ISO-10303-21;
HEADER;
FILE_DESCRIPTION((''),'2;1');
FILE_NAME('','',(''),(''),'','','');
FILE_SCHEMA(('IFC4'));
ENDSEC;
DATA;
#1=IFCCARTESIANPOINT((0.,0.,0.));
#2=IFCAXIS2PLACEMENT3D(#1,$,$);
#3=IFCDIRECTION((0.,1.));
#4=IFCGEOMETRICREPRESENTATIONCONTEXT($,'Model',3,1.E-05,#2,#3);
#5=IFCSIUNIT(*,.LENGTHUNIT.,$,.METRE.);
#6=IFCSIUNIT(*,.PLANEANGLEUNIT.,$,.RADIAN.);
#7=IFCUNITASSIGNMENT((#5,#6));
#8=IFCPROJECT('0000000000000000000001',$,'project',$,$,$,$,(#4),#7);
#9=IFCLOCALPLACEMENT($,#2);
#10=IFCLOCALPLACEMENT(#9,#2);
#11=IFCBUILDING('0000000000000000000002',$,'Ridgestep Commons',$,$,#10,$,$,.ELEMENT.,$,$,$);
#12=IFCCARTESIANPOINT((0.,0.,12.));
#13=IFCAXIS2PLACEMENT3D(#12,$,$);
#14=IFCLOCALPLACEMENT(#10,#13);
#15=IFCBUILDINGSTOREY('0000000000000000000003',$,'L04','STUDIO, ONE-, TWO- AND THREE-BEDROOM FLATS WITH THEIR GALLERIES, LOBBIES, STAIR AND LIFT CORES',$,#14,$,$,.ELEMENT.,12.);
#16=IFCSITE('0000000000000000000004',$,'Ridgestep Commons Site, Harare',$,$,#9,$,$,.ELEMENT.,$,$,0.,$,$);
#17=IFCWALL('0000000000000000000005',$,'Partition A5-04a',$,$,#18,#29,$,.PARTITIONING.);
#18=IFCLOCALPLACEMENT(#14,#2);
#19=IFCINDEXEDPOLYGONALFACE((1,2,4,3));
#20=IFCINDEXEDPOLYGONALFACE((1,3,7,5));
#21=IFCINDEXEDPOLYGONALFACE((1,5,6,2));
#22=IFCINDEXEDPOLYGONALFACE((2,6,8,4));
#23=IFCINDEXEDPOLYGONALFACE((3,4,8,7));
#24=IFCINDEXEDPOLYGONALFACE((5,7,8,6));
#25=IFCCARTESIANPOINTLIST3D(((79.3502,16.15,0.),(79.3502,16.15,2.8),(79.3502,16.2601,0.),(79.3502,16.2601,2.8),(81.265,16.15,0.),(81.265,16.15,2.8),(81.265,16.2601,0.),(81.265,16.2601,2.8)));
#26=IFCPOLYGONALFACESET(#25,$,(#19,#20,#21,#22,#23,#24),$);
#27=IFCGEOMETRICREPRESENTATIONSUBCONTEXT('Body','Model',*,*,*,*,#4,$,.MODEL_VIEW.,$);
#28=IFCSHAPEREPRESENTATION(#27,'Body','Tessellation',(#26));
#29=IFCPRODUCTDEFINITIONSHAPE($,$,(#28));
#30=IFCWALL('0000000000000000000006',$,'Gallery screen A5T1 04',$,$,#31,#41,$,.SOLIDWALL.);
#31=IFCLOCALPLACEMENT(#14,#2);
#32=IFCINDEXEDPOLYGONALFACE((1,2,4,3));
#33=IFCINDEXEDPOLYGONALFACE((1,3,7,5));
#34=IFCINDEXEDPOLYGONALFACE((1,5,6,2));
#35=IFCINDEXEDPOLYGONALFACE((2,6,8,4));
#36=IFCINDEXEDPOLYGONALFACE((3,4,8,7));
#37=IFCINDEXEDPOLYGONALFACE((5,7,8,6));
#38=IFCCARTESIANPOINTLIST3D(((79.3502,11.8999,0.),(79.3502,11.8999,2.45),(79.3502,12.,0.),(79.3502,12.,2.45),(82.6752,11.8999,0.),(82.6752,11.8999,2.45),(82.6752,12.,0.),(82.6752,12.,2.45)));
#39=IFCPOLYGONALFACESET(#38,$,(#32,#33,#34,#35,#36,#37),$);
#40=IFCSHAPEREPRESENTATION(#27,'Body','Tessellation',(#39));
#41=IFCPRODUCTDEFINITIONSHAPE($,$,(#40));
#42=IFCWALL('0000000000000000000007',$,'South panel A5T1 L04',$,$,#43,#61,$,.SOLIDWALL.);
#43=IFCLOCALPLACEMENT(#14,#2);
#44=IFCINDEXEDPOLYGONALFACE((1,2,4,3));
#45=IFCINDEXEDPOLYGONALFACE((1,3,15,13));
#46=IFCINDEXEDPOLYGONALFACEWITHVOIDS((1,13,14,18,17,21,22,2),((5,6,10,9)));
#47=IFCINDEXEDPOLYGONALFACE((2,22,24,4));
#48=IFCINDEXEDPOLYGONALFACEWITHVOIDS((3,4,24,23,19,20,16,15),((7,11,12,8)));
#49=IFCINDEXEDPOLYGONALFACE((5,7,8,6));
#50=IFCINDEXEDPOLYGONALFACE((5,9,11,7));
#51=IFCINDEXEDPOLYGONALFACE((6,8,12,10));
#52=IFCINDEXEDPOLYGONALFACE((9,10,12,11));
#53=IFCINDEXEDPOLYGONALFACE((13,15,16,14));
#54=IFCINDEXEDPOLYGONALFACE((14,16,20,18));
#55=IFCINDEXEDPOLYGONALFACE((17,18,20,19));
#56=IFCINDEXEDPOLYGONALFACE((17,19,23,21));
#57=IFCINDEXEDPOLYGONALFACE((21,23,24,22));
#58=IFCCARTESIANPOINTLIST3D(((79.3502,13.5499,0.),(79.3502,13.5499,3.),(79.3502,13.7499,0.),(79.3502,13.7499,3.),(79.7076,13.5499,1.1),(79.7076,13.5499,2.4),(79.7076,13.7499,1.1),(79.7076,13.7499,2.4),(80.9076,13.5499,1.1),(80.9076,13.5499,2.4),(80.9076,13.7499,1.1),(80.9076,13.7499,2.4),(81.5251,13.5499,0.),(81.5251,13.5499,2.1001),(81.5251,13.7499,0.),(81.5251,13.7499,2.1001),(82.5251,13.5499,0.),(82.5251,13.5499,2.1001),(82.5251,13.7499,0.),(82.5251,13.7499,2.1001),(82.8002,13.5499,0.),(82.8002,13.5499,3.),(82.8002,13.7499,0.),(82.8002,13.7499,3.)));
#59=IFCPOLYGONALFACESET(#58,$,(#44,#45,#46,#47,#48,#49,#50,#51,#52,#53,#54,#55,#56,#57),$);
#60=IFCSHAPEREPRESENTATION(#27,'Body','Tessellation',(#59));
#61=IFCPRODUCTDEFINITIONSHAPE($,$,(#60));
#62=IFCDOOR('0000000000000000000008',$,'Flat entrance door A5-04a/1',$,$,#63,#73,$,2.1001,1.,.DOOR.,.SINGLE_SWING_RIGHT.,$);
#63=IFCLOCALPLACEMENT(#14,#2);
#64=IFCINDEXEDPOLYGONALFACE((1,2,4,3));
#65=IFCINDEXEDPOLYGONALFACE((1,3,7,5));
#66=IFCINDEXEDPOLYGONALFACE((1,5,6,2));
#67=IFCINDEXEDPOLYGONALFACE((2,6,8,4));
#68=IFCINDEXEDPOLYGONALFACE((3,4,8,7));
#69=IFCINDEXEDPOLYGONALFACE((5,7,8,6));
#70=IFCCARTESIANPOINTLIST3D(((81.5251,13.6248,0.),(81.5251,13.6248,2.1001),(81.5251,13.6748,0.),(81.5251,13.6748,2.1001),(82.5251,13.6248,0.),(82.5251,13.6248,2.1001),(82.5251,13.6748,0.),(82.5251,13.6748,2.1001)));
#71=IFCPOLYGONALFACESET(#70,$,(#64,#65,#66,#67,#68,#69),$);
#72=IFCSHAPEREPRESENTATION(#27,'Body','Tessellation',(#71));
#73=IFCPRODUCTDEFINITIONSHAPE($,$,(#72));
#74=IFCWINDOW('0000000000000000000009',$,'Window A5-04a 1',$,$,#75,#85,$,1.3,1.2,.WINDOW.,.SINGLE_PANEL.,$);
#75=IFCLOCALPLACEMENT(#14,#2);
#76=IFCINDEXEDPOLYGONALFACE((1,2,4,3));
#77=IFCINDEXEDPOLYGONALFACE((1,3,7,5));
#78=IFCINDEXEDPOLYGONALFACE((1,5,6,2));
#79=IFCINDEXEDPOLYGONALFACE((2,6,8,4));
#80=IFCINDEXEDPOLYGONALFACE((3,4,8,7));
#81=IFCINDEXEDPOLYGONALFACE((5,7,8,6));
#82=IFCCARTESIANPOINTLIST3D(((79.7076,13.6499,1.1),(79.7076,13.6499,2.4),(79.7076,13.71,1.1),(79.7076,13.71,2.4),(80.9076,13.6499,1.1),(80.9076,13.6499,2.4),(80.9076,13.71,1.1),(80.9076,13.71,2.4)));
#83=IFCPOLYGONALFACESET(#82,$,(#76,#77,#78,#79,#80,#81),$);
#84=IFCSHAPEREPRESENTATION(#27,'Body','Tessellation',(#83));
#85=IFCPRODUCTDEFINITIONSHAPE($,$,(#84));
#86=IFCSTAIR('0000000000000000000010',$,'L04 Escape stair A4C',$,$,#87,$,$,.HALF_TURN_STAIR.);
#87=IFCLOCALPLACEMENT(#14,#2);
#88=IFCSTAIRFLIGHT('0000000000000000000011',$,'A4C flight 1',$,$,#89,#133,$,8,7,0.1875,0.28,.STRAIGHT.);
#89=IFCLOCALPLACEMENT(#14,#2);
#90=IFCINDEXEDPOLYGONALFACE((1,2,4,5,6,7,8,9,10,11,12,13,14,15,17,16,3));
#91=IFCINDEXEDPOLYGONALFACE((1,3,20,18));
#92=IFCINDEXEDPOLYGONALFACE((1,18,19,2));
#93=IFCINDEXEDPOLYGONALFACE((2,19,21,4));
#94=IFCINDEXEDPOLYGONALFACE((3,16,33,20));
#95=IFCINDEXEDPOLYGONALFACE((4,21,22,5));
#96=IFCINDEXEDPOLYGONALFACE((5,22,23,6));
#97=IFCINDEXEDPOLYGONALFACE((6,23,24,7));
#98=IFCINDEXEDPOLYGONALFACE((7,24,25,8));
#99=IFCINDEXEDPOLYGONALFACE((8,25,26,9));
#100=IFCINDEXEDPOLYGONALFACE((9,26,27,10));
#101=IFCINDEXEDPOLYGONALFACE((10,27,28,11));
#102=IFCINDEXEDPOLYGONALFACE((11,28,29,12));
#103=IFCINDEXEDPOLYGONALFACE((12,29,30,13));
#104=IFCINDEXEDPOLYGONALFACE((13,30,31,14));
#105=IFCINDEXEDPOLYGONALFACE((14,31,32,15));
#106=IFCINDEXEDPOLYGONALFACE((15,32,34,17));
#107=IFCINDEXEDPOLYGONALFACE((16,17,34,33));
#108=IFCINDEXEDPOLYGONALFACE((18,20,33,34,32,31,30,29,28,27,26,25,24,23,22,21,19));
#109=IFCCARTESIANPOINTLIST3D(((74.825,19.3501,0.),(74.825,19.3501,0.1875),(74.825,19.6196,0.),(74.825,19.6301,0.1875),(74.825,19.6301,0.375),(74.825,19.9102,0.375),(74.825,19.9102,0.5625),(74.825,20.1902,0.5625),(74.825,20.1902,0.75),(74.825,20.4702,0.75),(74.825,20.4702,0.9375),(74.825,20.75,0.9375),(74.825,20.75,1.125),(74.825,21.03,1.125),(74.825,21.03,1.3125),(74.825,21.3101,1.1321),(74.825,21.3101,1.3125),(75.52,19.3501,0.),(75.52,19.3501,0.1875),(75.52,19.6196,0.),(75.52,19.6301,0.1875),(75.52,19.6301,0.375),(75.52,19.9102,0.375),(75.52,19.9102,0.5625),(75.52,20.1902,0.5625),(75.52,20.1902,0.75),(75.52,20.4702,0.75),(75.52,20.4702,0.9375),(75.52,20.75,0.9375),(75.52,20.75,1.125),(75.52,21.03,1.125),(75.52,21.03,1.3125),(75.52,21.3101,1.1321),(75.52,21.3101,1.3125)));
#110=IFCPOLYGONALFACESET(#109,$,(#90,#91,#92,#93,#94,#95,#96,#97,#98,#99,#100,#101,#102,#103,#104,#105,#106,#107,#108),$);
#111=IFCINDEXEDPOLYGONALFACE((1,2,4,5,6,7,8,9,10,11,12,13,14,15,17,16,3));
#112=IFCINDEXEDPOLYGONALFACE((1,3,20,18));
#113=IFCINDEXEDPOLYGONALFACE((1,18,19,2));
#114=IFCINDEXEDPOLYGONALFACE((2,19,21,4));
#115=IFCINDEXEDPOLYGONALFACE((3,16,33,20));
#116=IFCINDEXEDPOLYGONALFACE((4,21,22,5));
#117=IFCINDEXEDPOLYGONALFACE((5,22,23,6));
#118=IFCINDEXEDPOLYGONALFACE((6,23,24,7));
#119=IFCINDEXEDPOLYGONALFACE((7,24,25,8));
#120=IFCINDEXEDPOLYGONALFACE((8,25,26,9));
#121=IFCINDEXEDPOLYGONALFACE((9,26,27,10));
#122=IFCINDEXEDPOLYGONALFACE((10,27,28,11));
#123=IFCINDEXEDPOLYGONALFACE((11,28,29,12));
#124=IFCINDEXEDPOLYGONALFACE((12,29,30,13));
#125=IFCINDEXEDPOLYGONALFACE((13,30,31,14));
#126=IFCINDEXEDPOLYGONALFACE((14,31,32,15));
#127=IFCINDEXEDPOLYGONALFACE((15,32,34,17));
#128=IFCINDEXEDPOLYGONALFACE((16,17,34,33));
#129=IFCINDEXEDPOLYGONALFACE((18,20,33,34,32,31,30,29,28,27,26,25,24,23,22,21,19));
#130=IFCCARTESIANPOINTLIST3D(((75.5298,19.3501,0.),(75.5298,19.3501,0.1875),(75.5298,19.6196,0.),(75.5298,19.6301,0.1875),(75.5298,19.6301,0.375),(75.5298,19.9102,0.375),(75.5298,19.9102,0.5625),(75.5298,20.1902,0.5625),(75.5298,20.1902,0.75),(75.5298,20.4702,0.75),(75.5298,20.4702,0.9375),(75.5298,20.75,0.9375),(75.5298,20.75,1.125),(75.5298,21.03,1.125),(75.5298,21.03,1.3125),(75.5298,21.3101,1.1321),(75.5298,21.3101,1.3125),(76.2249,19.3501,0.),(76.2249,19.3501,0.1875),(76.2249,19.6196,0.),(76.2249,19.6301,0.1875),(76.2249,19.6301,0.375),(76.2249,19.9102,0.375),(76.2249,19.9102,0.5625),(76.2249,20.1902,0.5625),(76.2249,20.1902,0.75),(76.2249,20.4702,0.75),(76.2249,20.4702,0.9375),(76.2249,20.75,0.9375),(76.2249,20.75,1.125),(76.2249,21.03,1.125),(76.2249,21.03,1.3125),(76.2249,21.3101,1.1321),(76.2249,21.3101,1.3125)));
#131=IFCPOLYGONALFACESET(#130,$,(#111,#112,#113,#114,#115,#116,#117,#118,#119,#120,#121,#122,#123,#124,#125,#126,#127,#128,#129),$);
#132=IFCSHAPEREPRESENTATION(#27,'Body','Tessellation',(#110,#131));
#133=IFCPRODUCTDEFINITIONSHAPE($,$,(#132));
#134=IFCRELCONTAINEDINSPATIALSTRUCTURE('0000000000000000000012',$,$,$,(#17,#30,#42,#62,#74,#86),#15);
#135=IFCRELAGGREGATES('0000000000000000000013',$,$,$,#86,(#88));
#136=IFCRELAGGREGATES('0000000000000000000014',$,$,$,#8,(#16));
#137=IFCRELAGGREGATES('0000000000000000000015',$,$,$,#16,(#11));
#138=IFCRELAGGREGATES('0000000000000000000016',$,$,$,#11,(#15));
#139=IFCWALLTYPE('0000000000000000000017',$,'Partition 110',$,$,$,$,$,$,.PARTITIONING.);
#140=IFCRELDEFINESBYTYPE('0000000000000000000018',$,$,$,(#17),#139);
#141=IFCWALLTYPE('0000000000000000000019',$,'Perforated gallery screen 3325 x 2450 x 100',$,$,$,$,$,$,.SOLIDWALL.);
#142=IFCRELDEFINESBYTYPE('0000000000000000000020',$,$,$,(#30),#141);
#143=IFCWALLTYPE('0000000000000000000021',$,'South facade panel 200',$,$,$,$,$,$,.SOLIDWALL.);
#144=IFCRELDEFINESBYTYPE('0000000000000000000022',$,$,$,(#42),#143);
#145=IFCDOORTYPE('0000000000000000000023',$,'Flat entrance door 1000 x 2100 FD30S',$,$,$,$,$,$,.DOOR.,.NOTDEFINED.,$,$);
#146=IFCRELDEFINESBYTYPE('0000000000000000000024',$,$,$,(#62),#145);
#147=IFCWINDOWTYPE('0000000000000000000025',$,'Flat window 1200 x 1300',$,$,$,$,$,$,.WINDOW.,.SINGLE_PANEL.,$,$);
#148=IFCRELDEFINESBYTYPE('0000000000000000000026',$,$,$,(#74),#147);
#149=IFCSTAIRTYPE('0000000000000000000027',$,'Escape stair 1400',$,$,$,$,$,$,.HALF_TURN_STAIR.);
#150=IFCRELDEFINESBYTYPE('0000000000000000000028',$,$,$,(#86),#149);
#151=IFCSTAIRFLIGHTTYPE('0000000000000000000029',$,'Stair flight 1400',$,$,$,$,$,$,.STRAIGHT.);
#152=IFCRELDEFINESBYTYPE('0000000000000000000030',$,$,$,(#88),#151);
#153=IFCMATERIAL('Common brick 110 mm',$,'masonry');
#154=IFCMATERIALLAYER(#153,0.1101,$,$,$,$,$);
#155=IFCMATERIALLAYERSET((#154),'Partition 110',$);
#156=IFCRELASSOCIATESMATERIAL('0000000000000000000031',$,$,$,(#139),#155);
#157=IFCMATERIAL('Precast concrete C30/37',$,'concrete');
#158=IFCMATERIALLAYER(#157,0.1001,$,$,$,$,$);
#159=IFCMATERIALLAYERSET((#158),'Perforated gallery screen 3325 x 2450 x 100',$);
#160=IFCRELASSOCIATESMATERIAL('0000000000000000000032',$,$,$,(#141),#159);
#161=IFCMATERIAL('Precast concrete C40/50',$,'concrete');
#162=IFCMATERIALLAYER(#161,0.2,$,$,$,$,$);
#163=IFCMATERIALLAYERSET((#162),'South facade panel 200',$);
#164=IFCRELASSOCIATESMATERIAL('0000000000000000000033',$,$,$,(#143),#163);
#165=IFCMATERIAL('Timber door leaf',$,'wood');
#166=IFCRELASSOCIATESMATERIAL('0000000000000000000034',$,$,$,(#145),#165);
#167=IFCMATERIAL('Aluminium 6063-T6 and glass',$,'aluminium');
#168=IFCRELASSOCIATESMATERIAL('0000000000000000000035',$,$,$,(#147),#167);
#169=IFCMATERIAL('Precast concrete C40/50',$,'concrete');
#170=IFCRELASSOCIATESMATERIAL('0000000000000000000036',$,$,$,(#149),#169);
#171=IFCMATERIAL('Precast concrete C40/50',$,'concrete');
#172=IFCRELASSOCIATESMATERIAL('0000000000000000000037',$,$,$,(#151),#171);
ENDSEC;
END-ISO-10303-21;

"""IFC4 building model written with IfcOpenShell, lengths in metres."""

from ifc_helpers import new_model, si_unit, direction, frame, frame_2d, origin, place, context, subcontext, project, spatial, polyline, rectangle, outline, extrude, material, layer, layer_set, type_object, element, fill, aggregate, save


model = new_model("IFC4")

# Units and contexts
model_context = context("Model", 3, precision=1e-05, world=origin(), true_north=direction((0.0, 1.0)))
body_context = subcontext(model_context, "Body", "Model", "MODEL_VIEW")
ifc_project = project(units=[si_unit("LENGTHUNIT", "METRE"), si_unit("PLANEANGLEUNIT", "RADIAN")], contexts=[model_context])

# Site, building, storey
site_placement = place(None, origin())
site = spatial("IfcSite", under=ifc_project, at=site_placement, Name="Ridgestep Commons Site, Harare", CompositionType="ELEMENT", RefElevation=0.0)
building_placement = place(site_placement, origin())
building = spatial("IfcBuilding", under=site, at=building_placement, Name="Ridgestep Commons", CompositionType="ELEMENT")
storey_placement = place(building_placement, frame((0.0, 0.0, 12.0)))
storey = spatial("IfcBuildingStorey", under=building, at=storey_placement, Name="L04", Description="STUDIO, ONE-, TWO- AND THREE-BEDROOM FLATS WITH THEIR GALLERIES, LOBBIES, STAIR AND LIFT CORES", CompositionType="ELEMENT", Elevation=12.0)

# Walls
ifc_material_1 = material(Name="Common brick 110 mm", Category="masonry")
ifc_layer_1 = layer(ifc_material_1, 0.1101)
ifc_layer_set_1 = layer_set([ifc_layer_1], Name="Partition 110")
wall_type_1 = type_object("IfcWallType", Name="Partition 110", PredefinedType="PARTITIONING", material=ifc_layer_set_1)
wall_1_placement = place(storey_placement, frame((79.3501, 16.2051, 0.0), z_axis=(0.0, 0.0, 1.0), x_axis=(1.0, 0.0, 0.0)))
element("IfcWall", 1, at=wall_1_placement, inside=storey, type_object=wall_type_1, Name="Partition A5-04a", PredefinedType="PARTITIONING", context=body_context, shape_type="SweptSolid", body=[
    extrude(rectangle(XDim=1.9148, YDim=0.1101, at=frame_2d((0.9575, 0.0))), origin(), (0.0, 0.0, 1.0), 2.8),
])
ifc_material_2 = material(Name="Precast concrete C30/37", Category="concrete")
ifc_layer_2 = layer(ifc_material_2, 0.1001)
ifc_layer_set_2 = layer_set([ifc_layer_2], Name="Perforated gallery screen 3325 x 2450 x 100")
wall_type_2 = type_object("IfcWallType", Name="Perforated gallery screen 3325 x 2450 x 100", PredefinedType="SOLIDWALL", material=ifc_layer_set_2)
wall_2_placement = place(storey_placement, frame((79.3501, 11.95, 0.0), z_axis=(0.0, 0.0, 1.0), x_axis=(1.0, 0.0, 0.0)))
element("IfcWall", 2, at=wall_2_placement, inside=storey, type_object=wall_type_2, Name="Gallery screen A5T1 04", PredefinedType="SOLIDWALL", context=body_context, shape_type="SweptSolid", body=[
    extrude(rectangle(XDim=3.325, YDim=0.1001, at=frame_2d((1.6626, 0.0))), origin(), (0.0, 0.0, 1.0), 2.45),
])

# Wall, openings, door, window
ifc_material_3 = material(Name="Precast concrete C40/50", Category="concrete")
ifc_layer_3 = layer(ifc_material_3, 0.2)
ifc_layer_set_3 = layer_set([ifc_layer_3], Name="South facade panel 200")
wall_type_3 = type_object("IfcWallType", Name="South facade panel 200", PredefinedType="SOLIDWALL", material=ifc_layer_set_3)
wall_3_placement = place(storey_placement, frame((79.3501, 13.6499, 0.0), z_axis=(0.0, 0.0, 1.0), x_axis=(1.0, 0.0, 0.0)))
wall_3 = element("IfcWall", 3, at=wall_3_placement, inside=storey, type_object=wall_type_3, Name="South panel A5T1 L04", PredefinedType="SOLIDWALL", context=body_context, shape_type="SweptSolid", body=[
    extrude(rectangle(XDim=3.45, YDim=0.2, at=frame_2d((1.7251, 0.0))), origin(), (0.0, 0.0, 1.0), 3.0),
])
opening_1_placement = place(wall_3_placement, frame((0.3574, 0.0, 1.1001)))
opening_1 = element("IfcOpeningElement", 4, at=opening_1_placement, cuts=wall_3, PredefinedType="OPENING", context=body_context, shape_type="SweptSolid", body=[
    extrude(rectangle(XDim=1.2, YDim=1.3, at=frame_2d((0.6001, 0.6499))), frame((0.0, 0.1099, 0.0), z_axis=(0.0, -1.0, 0.0), x_axis=(1.0, 0.0, 0.0)), (0.0, 0.0, 1.0), 0.22),
])
opening_2_placement = place(wall_3_placement, frame((2.175, 0.0, 0.0)))
opening_2 = element("IfcOpeningElement", 5, at=opening_2_placement, cuts=wall_3, PredefinedType="OPENING", context=body_context, shape_type="SweptSolid", body=[
    extrude(rectangle(XDim=1.0, YDim=2.1001, at=frame_2d((0.5, 1.05))), frame((0.0, 0.1099, 0.0), z_axis=(0.0, -1.0, 0.0), x_axis=(1.0, 0.0, 0.0)), (0.0, 0.0, 1.0), 0.22),
])
ifc_material_4 = material(Name="Timber door leaf", Category="wood")
door_type_1 = type_object("IfcDoorType", Name="Flat entrance door 1000 x 2100 FD30S", OperationType="NOTDEFINED", PredefinedType="DOOR", material=ifc_material_4)
door_1_placement = place(opening_2_placement, origin())
door_1 = element("IfcDoor", 6, at=door_1_placement, inside=storey, type_object=door_type_1, Name="Flat entrance door A5-04a/1", OperationType="SINGLE_SWING_RIGHT", OverallHeight=2.1001, OverallWidth=1.0, PredefinedType="DOOR", context=body_context, shape_type="SweptSolid", body=[
    extrude(rectangle(XDim=1.0, YDim=2.1001, at=frame_2d((0.5, 1.05))), frame((0.0, 0.0249, 0.0), z_axis=(0.0, -1.0, 0.0), x_axis=(1.0, 0.0, 0.0)), (0.0, 0.0, 1.0), 0.05),
])
fill(opening_2, door_1)
ifc_material_5 = material(Name="Aluminium 6063-T6 and glass", Category="aluminium")
window_type = type_object("IfcWindowType", Name="Flat window 1200 x 1300", PartitioningType="SINGLE_PANEL", PredefinedType="WINDOW", material=ifc_material_5)
window_placement = place(opening_1_placement, origin())
window = element("IfcWindow", 7, at=window_placement, inside=storey, type_object=window_type, Name="Window A5-04a 1", OverallHeight=1.3, OverallWidth=1.2, PartitioningType="SINGLE_PANEL", PredefinedType="WINDOW", context=body_context, shape_type="SweptSolid", body=[
    extrude(rectangle(XDim=1.2, YDim=1.3, at=frame_2d((0.6001, 0.6499))), frame((0.0, 0.0601, 0.0), z_axis=(0.0, -1.0, 0.0), x_axis=(1.0, 0.0, 0.0)), (0.0, 0.0, 1.0), 0.0601),
])
fill(opening_1, window)

# Stair, stair flight
ifc_material_6 = material(Name="Precast concrete C40/50", Category="concrete")
stair_type = type_object("IfcStairType", Name="Escape stair 1400", PredefinedType="HALF_TURN_STAIR", material=ifc_material_6)
stair_placement = place(storey_placement, origin())
stair = element("IfcStair", 8, at=stair_placement, inside=storey, type_object=stair_type, Name="L04 Escape stair A4C", PredefinedType="HALF_TURN_STAIR")
ifc_material_7 = material(Name="Precast concrete C40/50", Category="concrete")
stair_flight_type = type_object("IfcStairFlightType", Name="Stair flight 1400", PredefinedType="STRAIGHT", material=ifc_material_7)
stair_flight_placement = place(storey_placement, frame((75.5249, 19.3501, 0.0), z_axis=(0.0, 0.0, 1.0), x_axis=(0.0, 1.0, 0.0)))
stair_flight = element("IfcStairFlight", 9, at=stair_flight_placement, type_object=stair_flight_type, Name="A4C flight 1", NumberOfRisers=8, NumberOfTreads=7, PredefinedType="STRAIGHT", RiserHeight=0.1875, TreadLength=0.28, context=body_context, shape_type="SweptSolid", body=[
    extrude(outline(polyline([(0.0, 0.0), (0.0, 0.1875), (0.28, 0.1875), (0.28, 0.375), (0.5601, 0.375), (0.5601, 0.5625), (0.8401, 0.5625), (0.8401, 0.75), (1.1201, 0.75), (1.1201, 0.9375), (1.3999, 0.9375), (1.3999, 1.125), (1.6799, 1.125), (1.6799, 1.3125), (1.96, 1.3125), (1.96, 1.5), (1.96, 1.1321), (0.2695, 0.0), (0.0, 0.0)])), frame((0.0, 0.7, 0.0), z_axis=(0.0, -1.0, 0.0), x_axis=(1.0, 0.0, 0.0)), (0.0, 0.0, 1.0), 0.6951),
    extrude(outline(polyline([(0.0, 0.0), (0.0, 0.1875), (0.28, 0.1875), (0.28, 0.375), (0.5601, 0.375), (0.5601, 0.5625), (0.8401, 0.5625), (0.8401, 0.75), (1.1201, 0.75), (1.1201, 0.9375), (1.3999, 0.9375), (1.3999, 1.125), (1.6799, 1.125), (1.6799, 1.3125), (1.96, 1.3125), (1.96, 1.5), (1.96, 1.1321), (0.2695, 0.0), (0.0, 0.0)])), frame((0.0, -0.0049, 0.0), z_axis=(0.0, -1.0, 0.0), x_axis=(1.0, 0.0, 0.0)), (0.0, 0.0, 1.0), 0.6951),
])
aggregate(stair, [stair_flight])

save(model, "model.ifc")
